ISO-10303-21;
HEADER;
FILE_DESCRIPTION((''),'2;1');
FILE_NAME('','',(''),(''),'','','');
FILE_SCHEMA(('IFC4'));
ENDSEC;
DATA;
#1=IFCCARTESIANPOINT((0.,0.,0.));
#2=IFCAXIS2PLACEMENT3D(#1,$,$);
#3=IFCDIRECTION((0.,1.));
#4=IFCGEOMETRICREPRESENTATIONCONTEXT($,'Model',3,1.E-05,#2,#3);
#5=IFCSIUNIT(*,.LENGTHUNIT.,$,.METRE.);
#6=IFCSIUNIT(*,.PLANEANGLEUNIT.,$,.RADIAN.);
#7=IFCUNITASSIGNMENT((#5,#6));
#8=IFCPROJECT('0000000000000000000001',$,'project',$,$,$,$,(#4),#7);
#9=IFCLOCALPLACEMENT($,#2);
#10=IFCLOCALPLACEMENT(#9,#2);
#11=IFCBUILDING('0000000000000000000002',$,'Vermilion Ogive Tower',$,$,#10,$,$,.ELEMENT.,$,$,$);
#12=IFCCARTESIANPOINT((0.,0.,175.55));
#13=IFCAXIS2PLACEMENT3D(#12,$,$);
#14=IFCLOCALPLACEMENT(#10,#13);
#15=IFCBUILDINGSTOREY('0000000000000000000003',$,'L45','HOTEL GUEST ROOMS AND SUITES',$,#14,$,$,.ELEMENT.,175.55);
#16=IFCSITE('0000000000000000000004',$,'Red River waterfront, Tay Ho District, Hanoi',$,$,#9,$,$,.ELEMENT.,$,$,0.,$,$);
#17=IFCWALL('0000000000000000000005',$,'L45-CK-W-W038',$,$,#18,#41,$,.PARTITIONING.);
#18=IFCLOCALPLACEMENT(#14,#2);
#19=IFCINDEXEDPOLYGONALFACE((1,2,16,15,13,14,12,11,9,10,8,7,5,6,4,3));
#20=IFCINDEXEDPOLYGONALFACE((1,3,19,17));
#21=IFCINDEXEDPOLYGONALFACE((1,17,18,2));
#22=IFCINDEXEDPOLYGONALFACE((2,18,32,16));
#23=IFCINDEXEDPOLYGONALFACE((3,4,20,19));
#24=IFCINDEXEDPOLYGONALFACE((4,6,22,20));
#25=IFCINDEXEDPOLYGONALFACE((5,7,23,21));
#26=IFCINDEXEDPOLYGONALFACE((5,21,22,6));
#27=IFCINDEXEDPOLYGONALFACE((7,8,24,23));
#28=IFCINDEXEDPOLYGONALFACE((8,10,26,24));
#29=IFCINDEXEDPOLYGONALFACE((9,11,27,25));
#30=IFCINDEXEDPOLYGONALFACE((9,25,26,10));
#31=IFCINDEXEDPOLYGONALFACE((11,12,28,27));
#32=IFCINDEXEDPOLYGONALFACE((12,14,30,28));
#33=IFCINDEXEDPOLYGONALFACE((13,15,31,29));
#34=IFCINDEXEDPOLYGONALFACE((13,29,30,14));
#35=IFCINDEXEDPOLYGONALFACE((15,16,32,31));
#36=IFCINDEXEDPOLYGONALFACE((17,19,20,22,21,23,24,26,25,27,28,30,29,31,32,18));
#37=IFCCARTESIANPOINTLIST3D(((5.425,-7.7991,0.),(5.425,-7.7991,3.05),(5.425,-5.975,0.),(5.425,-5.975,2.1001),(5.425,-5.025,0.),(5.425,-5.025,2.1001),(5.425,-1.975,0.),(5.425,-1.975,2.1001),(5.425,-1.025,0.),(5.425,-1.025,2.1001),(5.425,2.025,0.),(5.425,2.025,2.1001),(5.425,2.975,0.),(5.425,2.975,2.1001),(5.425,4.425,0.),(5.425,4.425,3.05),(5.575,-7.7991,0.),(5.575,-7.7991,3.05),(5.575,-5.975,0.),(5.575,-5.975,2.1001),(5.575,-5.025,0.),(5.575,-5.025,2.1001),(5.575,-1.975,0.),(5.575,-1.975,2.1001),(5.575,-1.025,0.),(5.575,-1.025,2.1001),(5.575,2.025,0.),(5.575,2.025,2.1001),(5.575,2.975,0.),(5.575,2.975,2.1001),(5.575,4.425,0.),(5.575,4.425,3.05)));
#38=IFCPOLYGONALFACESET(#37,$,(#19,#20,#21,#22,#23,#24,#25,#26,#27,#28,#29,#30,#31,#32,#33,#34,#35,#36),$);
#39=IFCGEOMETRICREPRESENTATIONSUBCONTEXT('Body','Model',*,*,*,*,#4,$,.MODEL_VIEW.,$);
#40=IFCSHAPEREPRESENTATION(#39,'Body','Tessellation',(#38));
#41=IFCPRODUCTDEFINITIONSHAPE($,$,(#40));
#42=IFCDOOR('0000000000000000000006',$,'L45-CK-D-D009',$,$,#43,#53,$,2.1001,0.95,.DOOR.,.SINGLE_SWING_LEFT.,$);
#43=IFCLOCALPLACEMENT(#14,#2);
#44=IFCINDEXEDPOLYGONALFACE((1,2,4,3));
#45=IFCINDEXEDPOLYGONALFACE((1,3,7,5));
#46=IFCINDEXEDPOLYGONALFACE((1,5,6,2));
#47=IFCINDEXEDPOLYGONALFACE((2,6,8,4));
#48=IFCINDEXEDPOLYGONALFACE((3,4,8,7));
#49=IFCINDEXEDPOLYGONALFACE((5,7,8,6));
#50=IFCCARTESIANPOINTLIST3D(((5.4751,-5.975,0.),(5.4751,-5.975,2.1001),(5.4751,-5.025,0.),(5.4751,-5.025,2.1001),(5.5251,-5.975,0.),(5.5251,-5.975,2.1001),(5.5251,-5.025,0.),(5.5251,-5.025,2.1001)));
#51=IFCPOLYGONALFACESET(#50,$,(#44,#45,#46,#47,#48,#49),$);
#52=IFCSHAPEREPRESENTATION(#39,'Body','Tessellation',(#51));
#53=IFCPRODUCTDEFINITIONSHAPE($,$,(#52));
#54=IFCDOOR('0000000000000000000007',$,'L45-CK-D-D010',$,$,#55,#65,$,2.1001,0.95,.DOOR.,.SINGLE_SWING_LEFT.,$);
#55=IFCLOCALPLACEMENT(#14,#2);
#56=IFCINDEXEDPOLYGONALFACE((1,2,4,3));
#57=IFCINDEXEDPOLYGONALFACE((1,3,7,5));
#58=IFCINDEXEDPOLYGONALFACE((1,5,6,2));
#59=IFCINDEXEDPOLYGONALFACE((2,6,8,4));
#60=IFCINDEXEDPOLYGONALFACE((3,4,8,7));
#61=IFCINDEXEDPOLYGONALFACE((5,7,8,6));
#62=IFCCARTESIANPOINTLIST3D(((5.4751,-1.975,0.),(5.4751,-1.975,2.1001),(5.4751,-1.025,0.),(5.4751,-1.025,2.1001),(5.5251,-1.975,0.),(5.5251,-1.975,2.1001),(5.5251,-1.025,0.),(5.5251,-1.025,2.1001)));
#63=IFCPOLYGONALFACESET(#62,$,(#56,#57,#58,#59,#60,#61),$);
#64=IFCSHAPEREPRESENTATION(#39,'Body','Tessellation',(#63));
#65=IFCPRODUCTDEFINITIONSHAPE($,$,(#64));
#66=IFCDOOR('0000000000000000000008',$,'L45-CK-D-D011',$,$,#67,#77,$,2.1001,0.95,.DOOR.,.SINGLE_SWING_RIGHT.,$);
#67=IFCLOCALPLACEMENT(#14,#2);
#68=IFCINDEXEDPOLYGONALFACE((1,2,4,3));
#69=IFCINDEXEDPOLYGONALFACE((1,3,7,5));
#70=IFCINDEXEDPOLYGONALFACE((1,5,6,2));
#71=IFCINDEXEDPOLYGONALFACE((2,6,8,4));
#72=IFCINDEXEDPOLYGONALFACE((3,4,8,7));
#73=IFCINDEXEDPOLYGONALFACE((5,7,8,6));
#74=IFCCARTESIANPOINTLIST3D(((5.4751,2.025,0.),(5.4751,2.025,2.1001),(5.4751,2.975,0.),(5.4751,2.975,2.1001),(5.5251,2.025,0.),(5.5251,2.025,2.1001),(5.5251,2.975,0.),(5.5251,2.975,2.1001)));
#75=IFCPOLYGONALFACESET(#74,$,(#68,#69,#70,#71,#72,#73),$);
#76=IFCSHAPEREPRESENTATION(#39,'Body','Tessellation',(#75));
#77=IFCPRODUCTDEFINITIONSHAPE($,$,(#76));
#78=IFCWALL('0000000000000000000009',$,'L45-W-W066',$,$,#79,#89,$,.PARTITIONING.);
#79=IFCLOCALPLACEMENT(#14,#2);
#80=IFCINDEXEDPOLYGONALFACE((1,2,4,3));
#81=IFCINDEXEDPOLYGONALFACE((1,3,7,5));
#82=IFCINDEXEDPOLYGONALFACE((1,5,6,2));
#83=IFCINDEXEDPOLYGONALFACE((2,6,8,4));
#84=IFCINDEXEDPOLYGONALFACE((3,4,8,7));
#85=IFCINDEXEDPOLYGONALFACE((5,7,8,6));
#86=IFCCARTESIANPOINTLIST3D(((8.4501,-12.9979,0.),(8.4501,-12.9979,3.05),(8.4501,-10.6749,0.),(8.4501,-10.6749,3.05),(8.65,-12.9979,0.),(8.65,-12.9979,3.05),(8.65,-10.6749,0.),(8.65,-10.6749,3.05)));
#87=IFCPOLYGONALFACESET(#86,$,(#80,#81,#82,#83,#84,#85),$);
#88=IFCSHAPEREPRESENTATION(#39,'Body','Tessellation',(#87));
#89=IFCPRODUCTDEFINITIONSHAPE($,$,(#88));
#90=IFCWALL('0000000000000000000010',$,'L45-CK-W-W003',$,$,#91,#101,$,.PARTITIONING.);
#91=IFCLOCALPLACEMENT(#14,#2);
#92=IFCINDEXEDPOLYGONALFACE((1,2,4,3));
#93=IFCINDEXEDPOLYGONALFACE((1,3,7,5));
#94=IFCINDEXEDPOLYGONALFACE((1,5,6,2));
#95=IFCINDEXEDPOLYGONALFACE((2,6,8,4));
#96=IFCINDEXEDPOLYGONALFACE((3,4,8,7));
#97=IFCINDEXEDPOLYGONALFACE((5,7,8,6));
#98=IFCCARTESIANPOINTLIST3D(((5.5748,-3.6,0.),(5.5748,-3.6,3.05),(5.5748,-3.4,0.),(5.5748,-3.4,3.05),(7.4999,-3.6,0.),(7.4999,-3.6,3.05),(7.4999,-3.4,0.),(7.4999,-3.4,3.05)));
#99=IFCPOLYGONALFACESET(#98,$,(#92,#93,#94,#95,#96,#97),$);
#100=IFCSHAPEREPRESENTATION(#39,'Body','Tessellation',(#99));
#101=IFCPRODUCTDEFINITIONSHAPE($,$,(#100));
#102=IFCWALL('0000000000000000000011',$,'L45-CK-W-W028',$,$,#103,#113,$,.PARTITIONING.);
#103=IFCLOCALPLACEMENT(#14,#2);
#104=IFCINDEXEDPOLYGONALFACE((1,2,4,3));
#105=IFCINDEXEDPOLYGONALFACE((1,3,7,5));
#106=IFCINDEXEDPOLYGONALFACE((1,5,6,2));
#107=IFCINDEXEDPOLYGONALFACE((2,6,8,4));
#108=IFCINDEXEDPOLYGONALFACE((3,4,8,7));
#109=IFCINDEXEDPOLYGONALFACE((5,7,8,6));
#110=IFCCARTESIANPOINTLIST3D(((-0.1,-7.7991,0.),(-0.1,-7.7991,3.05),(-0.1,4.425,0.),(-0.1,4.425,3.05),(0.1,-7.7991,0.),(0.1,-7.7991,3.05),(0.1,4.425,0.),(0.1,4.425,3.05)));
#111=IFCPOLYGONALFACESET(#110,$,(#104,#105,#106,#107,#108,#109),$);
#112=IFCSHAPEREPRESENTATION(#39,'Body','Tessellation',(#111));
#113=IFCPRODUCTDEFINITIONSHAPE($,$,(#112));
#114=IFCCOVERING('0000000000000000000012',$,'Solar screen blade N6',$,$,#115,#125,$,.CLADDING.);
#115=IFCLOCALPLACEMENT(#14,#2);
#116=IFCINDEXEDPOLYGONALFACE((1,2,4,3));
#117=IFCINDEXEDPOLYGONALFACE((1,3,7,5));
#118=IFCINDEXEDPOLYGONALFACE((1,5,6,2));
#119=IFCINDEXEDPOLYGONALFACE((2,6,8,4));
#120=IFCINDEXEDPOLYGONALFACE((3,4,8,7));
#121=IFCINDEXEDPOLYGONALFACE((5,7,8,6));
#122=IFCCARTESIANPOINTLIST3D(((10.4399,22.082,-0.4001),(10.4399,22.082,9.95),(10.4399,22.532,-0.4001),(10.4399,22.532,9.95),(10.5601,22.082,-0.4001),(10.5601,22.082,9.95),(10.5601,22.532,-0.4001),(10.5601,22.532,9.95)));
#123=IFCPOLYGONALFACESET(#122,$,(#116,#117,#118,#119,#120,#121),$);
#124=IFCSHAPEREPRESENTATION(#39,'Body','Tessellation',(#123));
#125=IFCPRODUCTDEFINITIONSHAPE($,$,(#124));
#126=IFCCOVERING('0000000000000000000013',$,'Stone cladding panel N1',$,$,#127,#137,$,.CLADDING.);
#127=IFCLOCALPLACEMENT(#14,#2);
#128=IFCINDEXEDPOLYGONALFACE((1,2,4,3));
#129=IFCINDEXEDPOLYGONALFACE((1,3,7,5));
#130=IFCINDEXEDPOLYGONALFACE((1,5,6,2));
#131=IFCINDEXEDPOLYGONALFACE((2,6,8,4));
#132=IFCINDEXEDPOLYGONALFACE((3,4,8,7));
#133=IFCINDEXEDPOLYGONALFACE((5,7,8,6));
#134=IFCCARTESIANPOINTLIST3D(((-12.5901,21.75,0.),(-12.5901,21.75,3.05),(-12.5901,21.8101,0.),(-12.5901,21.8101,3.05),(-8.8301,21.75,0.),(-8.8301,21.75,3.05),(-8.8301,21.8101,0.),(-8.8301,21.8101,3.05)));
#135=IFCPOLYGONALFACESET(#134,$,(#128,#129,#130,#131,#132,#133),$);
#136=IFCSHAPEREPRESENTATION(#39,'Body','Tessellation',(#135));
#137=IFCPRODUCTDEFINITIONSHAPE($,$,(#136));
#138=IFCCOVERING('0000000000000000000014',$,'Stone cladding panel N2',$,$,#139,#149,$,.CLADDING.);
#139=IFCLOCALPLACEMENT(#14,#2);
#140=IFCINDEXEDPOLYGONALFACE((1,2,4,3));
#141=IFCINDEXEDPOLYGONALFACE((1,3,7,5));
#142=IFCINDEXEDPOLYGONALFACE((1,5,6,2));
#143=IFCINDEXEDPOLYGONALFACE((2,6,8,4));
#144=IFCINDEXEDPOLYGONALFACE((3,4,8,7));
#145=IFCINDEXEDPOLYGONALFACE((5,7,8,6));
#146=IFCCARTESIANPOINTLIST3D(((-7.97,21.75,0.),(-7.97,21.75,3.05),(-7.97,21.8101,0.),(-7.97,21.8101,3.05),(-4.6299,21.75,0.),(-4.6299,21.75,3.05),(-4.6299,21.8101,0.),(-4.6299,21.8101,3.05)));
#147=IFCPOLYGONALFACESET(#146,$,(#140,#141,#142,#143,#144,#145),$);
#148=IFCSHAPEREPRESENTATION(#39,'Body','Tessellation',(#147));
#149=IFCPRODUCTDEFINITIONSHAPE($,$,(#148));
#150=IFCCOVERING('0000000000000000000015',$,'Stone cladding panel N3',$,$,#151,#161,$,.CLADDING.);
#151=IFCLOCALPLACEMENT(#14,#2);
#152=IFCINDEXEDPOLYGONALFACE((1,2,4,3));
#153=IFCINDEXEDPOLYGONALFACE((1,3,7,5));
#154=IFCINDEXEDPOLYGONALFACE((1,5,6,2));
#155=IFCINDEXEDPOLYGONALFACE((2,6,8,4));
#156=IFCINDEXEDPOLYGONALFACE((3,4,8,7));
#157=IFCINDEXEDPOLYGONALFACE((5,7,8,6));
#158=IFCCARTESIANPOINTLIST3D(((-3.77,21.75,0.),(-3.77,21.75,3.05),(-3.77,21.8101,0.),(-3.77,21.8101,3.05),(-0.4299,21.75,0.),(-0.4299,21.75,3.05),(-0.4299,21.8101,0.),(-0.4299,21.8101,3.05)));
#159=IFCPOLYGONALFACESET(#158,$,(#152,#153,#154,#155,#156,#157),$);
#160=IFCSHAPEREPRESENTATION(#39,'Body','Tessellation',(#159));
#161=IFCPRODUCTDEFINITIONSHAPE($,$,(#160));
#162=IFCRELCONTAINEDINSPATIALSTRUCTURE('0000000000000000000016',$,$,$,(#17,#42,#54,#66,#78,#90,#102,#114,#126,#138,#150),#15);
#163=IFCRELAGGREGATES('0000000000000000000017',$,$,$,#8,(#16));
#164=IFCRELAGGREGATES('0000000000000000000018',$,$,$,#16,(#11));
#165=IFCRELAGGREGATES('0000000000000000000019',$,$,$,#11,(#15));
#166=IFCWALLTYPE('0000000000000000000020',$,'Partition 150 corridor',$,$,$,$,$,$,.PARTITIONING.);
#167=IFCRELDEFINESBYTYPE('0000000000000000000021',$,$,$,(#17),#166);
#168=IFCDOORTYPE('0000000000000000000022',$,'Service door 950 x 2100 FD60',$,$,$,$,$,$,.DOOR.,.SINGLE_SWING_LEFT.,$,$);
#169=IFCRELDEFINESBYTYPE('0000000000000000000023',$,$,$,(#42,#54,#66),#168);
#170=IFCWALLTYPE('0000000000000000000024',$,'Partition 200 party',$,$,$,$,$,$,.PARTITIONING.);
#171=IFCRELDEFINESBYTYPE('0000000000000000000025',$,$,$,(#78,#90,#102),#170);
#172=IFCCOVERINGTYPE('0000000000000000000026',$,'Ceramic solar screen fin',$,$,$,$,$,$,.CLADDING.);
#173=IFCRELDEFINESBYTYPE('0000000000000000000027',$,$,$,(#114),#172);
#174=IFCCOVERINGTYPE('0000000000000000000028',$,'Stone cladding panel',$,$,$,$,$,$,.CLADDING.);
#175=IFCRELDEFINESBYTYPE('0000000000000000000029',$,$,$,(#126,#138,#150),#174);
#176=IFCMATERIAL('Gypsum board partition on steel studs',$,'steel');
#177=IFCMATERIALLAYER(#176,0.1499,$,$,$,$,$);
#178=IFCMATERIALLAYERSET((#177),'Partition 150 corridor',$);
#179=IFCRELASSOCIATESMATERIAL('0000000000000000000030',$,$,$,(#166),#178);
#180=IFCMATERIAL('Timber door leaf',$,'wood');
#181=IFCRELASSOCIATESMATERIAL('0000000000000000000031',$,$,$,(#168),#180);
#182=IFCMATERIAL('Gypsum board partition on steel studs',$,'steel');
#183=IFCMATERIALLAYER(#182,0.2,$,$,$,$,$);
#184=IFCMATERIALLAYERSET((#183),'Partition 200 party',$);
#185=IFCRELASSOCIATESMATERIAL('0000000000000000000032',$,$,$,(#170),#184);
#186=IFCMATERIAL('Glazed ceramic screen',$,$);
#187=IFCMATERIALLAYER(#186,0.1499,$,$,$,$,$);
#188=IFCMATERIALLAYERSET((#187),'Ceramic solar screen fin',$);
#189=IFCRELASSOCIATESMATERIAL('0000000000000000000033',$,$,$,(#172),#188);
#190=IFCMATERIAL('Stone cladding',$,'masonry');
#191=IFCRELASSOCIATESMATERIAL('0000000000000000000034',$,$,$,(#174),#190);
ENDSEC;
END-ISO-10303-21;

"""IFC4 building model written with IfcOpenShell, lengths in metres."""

from ifc_helpers import new_model, si_unit, direction, frame, frame_2d, origin, place, context, subcontext, project, spatial, polyline, rectangle, outline, extrude, material, layer, layer_set, type_object, element, fill, save


model = new_model("IFC4")

# Units and contexts
model_context = context("Model", 3, precision=1e-05, world=origin(), true_north=direction((0.0, 1.0)))
body_context = subcontext(model_context, "Body", "Model", "MODEL_VIEW")
ifc_project = project(units=[si_unit("LENGTHUNIT", "METRE"), si_unit("PLANEANGLEUNIT", "RADIAN")], contexts=[model_context])

# Site, building, storey
site_placement = place(None, origin())
site = spatial("IfcSite", under=ifc_project, at=site_placement, Name="Red River waterfront, Tay Ho District, Hanoi", CompositionType="ELEMENT", RefElevation=0.0)
building_placement = place(site_placement, origin())
building = spatial("IfcBuilding", under=site, at=building_placement, Name="Vermilion Ogive Tower", CompositionType="ELEMENT")
storey_placement = place(building_placement, frame((0.0, 0.0, 175.55)))
storey = spatial("IfcBuildingStorey", under=building, at=storey_placement, Name="L45", Description="HOTEL GUEST ROOMS AND SUITES", CompositionType="ELEMENT", Elevation=175.55)

# Shared definitions
ifc_material_1 = material(Name="Gypsum board partition on steel studs", Category="steel")
ifc_layer_1 = layer(ifc_material_1, 0.1499)
ifc_layer_set_1 = layer_set([ifc_layer_1], Name="Partition 150 corridor")
wall_type_1 = type_object("IfcWallType", Name="Partition 150 corridor", PredefinedType="PARTITIONING", material=ifc_layer_set_1)

# Shared definitions
ifc_material_2 = material(Name="Timber door leaf", Category="wood")
door_type_1 = type_object("IfcDoorType", Name="Service door 950 x 2100 FD60", OperationType="SINGLE_SWING_LEFT", PredefinedType="DOOR", material=ifc_material_2)

# Wall, openings, doors
wall_1_placement = place(storey_placement, frame((5.5, -7.7991, 0.0), z_axis=(0.0, 0.0, 1.0), x_axis=(0.0, 1.0, 0.0)))
wall_1 = element("IfcWall", 1, at=wall_1_placement, inside=storey, type_object=wall_type_1, Name="L45-CK-W-W038", PredefinedType="PARTITIONING", context=body_context, shape_type="SweptSolid", body=[
    extrude(rectangle(XDim=12.2241, YDim=0.1499, at=frame_2d((6.1121, 0.0))), origin(), (0.0, 0.0, 1.0), 3.05),
])
opening_1_placement = place(wall_1_placement, frame((1.824, 0.0, 0.0)))
opening_1 = element("IfcOpeningElement", 2, at=opening_1_placement, cuts=wall_1, PredefinedType="OPENING", context=body_context, shape_type="SweptSolid", body=[
    extrude(rectangle(XDim=0.95, YDim=2.1001, at=frame_2d((0.4751, 1.05))), frame((0.0, 0.085, 0.0), z_axis=(0.0, -1.0, 0.0), x_axis=(1.0, 0.0, 0.0)), (0.0, 0.0, 1.0), 0.1699),
])
opening_2_placement = place(wall_1_placement, frame((5.824, 0.0, 0.0)))
opening_2 = element("IfcOpeningElement", 3, at=opening_2_placement, cuts=wall_1, PredefinedType="OPENING", context=body_context, shape_type="SweptSolid", body=[
    extrude(rectangle(XDim=0.95, YDim=2.1001, at=frame_2d((0.4751, 1.05))), frame((0.0, 0.085, 0.0), z_axis=(0.0, -1.0, 0.0), x_axis=(1.0, 0.0, 0.0)), (0.0, 0.0, 1.0), 0.1699),
])
opening_3_placement = place(wall_1_placement, frame((9.824, 0.0, 0.0)))
opening_3 = element("IfcOpeningElement", 4, at=opening_3_placement, cuts=wall_1, PredefinedType="OPENING", context=body_context, shape_type="SweptSolid", body=[
    extrude(rectangle(XDim=0.95, YDim=2.1001, at=frame_2d((0.4751, 1.05))), frame((0.0, 0.085, 0.0), z_axis=(0.0, -1.0, 0.0), x_axis=(1.0, 0.0, 0.0)), (0.0, 0.0, 1.0), 0.1699),
])
door_1_placement = place(opening_1_placement, origin())
door_1 = element("IfcDoor", 5, at=door_1_placement, inside=storey, type_object=door_type_1, Name="L45-CK-D-D009", OperationType="SINGLE_SWING_LEFT", OverallHeight=2.1001, OverallWidth=0.95, PredefinedType="DOOR", context=body_context, shape_type="SweptSolid", body=[
    extrude(rectangle(XDim=0.95, YDim=2.1001, at=frame_2d((0.4751, 1.05))), frame((0.0, 0.0249, 0.0), z_axis=(0.0, -1.0, 0.0), x_axis=(1.0, 0.0, 0.0)), (0.0, 0.0, 1.0), 0.05),
])
fill(opening_1, door_1)
door_2_placement = place(opening_2_placement, origin())
door_2 = element("IfcDoor", 6, at=door_2_placement, inside=storey, type_object=door_type_1, Name="L45-CK-D-D010", OperationType="SINGLE_SWING_LEFT", OverallHeight=2.1001, OverallWidth=0.95, PredefinedType="DOOR", context=body_context, shape_type="SweptSolid", body=[
    extrude(rectangle(XDim=0.95, YDim=2.1001, at=frame_2d((0.4751, 1.05))), frame((0.0, 0.0249, 0.0), z_axis=(0.0, -1.0, 0.0), x_axis=(1.0, 0.0, 0.0)), (0.0, 0.0, 1.0), 0.05),
])
fill(opening_2, door_2)
door_3_placement = place(opening_3_placement, origin())
door_3 = element("IfcDoor", 7, at=door_3_placement, inside=storey, type_object=door_type_1, Name="L45-CK-D-D011", OperationType="SINGLE_SWING_RIGHT", OverallHeight=2.1001, OverallWidth=0.95, PredefinedType="DOOR", context=body_context, shape_type="SweptSolid", body=[
    extrude(rectangle(XDim=0.95, YDim=2.1001, at=frame_2d((0.4751, 1.05))), frame((0.0, 0.0249, 0.0), z_axis=(0.0, -1.0, 0.0), x_axis=(1.0, 0.0, 0.0)), (0.0, 0.0, 1.0), 0.05),
])
fill(opening_3, door_3)

# Walls
ifc_material_3 = material(Name="Gypsum board partition on steel studs", Category="steel")
ifc_layer_2 = layer(ifc_material_3, 0.2)
ifc_layer_set_2 = layer_set([ifc_layer_2], Name="Partition 200 party")
wall_type_2 = type_object("IfcWallType", Name="Partition 200 party", PredefinedType="PARTITIONING", material=ifc_layer_set_2)
wall_2_placement = place(storey_placement, frame((8.55, -12.998, 0.0), z_axis=(0.0, 0.0, 1.0), x_axis=(0.0, 1.0, 0.0)))
element("IfcWall", 8, at=wall_2_placement, inside=storey, type_object=wall_type_2, Name="L45-W-W066", PredefinedType="PARTITIONING", context=body_context, shape_type="SweptSolid", body=[
    extrude(rectangle(XDim=2.323, YDim=0.2, at=frame_2d((1.1616, 0.0))), origin(), (0.0, 0.0, 1.0), 3.05),
])
wall_3_placement = place(storey_placement, frame((5.575, -3.5, 0.0), z_axis=(0.0, 0.0, 1.0), x_axis=(1.0, 0.0, 0.0)))
element("IfcWall", 9, at=wall_3_placement, inside=storey, type_object=wall_type_2, Name="L45-CK-W-W003", PredefinedType="PARTITIONING", context=body_context, shape_type="SweptSolid", body=[
    extrude(rectangle(XDim=1.925, YDim=0.2, at=frame_2d((0.9624, 0.0))), origin(), (0.0, 0.0, 1.0), 3.05),
])
wall_4_placement = place(storey_placement, frame((0.0, -7.7991, 0.0), z_axis=(0.0, 0.0, 1.0), x_axis=(0.0, 1.0, 0.0)))
element("IfcWall", 10, at=wall_4_placement, inside=storey, type_object=wall_type_2, Name="L45-CK-W-W028", PredefinedType="PARTITIONING", context=body_context, shape_type="SweptSolid", body=[
    extrude(rectangle(XDim=12.2241, YDim=0.2, at=frame_2d((6.1121, 0.0))), origin(), (0.0, 0.0, 1.0), 3.05),
])

# Coverings
ifc_material_4 = material(Name="Glazed ceramic screen")
ifc_layer_3 = layer(ifc_material_4, 0.1499)
ifc_layer_set_3 = layer_set([ifc_layer_3], Name="Ceramic solar screen fin")
covering_type_1 = type_object("IfcCoveringType", Name="Ceramic solar screen fin", PredefinedType="CLADDING", material=ifc_layer_set_3)
covering_1_placement = place(storey_placement, frame((0.0, 0.0, -0.4001)))
element("IfcCovering", 11, at=covering_1_placement, inside=storey, type_object=covering_type_1, Name="Solar screen blade N6", PredefinedType="CLADDING", context=body_context, shape_type="SweptSolid", body=[
    extrude(outline(polyline([(10.4399, 22.082), (10.5601, 22.082), (10.5601, 22.532), (10.4399, 22.532), (10.4399, 22.082)])), origin(), (0.0, 0.0, 1.0), 10.3501),
])
ifc_material_5 = material(Name="Stone cladding", Category="masonry")
covering_type_2 = type_object("IfcCoveringType", Name="Stone cladding panel", PredefinedType="CLADDING", material=ifc_material_5)
covering_2_placement = place(storey_placement, origin())
element("IfcCovering", 12, at=covering_2_placement, inside=storey, type_object=covering_type_2, Name="Stone cladding panel N1", PredefinedType="CLADDING", context=body_context, shape_type="SweptSolid", body=[
    extrude(outline(polyline([(-12.5901, 21.75), (-8.8301, 21.75), (-8.8301, 21.8101), (-12.5901, 21.8101), (-12.5901, 21.75)])), origin(), (0.0, 0.0, 1.0), 3.05),
])
covering_3_placement = place(storey_placement, origin())
element("IfcCovering", 13, at=covering_3_placement, inside=storey, type_object=covering_type_2, Name="Stone cladding panel N2", PredefinedType="CLADDING", context=body_context, shape_type="SweptSolid", body=[
    extrude(outline(polyline([(-7.97, 21.75), (-4.6299, 21.75), (-4.6299, 21.8101), (-7.97, 21.8101), (-7.97, 21.75)])), origin(), (0.0, 0.0, 1.0), 3.05),
])
covering_4_placement = place(storey_placement, origin())
element("IfcCovering", 14, at=covering_4_placement, inside=storey, type_object=covering_type_2, Name="Stone cladding panel N3", PredefinedType="CLADDING", context=body_context, shape_type="SweptSolid", body=[
    extrude(outline(polyline([(-3.77, 21.75), (-0.4299, 21.75), (-0.4299, 21.8101), (-3.77, 21.8101), (-3.77, 21.75)])), origin(), (0.0, 0.0, 1.0), 3.05),
])

save(model, "model.ifc")
